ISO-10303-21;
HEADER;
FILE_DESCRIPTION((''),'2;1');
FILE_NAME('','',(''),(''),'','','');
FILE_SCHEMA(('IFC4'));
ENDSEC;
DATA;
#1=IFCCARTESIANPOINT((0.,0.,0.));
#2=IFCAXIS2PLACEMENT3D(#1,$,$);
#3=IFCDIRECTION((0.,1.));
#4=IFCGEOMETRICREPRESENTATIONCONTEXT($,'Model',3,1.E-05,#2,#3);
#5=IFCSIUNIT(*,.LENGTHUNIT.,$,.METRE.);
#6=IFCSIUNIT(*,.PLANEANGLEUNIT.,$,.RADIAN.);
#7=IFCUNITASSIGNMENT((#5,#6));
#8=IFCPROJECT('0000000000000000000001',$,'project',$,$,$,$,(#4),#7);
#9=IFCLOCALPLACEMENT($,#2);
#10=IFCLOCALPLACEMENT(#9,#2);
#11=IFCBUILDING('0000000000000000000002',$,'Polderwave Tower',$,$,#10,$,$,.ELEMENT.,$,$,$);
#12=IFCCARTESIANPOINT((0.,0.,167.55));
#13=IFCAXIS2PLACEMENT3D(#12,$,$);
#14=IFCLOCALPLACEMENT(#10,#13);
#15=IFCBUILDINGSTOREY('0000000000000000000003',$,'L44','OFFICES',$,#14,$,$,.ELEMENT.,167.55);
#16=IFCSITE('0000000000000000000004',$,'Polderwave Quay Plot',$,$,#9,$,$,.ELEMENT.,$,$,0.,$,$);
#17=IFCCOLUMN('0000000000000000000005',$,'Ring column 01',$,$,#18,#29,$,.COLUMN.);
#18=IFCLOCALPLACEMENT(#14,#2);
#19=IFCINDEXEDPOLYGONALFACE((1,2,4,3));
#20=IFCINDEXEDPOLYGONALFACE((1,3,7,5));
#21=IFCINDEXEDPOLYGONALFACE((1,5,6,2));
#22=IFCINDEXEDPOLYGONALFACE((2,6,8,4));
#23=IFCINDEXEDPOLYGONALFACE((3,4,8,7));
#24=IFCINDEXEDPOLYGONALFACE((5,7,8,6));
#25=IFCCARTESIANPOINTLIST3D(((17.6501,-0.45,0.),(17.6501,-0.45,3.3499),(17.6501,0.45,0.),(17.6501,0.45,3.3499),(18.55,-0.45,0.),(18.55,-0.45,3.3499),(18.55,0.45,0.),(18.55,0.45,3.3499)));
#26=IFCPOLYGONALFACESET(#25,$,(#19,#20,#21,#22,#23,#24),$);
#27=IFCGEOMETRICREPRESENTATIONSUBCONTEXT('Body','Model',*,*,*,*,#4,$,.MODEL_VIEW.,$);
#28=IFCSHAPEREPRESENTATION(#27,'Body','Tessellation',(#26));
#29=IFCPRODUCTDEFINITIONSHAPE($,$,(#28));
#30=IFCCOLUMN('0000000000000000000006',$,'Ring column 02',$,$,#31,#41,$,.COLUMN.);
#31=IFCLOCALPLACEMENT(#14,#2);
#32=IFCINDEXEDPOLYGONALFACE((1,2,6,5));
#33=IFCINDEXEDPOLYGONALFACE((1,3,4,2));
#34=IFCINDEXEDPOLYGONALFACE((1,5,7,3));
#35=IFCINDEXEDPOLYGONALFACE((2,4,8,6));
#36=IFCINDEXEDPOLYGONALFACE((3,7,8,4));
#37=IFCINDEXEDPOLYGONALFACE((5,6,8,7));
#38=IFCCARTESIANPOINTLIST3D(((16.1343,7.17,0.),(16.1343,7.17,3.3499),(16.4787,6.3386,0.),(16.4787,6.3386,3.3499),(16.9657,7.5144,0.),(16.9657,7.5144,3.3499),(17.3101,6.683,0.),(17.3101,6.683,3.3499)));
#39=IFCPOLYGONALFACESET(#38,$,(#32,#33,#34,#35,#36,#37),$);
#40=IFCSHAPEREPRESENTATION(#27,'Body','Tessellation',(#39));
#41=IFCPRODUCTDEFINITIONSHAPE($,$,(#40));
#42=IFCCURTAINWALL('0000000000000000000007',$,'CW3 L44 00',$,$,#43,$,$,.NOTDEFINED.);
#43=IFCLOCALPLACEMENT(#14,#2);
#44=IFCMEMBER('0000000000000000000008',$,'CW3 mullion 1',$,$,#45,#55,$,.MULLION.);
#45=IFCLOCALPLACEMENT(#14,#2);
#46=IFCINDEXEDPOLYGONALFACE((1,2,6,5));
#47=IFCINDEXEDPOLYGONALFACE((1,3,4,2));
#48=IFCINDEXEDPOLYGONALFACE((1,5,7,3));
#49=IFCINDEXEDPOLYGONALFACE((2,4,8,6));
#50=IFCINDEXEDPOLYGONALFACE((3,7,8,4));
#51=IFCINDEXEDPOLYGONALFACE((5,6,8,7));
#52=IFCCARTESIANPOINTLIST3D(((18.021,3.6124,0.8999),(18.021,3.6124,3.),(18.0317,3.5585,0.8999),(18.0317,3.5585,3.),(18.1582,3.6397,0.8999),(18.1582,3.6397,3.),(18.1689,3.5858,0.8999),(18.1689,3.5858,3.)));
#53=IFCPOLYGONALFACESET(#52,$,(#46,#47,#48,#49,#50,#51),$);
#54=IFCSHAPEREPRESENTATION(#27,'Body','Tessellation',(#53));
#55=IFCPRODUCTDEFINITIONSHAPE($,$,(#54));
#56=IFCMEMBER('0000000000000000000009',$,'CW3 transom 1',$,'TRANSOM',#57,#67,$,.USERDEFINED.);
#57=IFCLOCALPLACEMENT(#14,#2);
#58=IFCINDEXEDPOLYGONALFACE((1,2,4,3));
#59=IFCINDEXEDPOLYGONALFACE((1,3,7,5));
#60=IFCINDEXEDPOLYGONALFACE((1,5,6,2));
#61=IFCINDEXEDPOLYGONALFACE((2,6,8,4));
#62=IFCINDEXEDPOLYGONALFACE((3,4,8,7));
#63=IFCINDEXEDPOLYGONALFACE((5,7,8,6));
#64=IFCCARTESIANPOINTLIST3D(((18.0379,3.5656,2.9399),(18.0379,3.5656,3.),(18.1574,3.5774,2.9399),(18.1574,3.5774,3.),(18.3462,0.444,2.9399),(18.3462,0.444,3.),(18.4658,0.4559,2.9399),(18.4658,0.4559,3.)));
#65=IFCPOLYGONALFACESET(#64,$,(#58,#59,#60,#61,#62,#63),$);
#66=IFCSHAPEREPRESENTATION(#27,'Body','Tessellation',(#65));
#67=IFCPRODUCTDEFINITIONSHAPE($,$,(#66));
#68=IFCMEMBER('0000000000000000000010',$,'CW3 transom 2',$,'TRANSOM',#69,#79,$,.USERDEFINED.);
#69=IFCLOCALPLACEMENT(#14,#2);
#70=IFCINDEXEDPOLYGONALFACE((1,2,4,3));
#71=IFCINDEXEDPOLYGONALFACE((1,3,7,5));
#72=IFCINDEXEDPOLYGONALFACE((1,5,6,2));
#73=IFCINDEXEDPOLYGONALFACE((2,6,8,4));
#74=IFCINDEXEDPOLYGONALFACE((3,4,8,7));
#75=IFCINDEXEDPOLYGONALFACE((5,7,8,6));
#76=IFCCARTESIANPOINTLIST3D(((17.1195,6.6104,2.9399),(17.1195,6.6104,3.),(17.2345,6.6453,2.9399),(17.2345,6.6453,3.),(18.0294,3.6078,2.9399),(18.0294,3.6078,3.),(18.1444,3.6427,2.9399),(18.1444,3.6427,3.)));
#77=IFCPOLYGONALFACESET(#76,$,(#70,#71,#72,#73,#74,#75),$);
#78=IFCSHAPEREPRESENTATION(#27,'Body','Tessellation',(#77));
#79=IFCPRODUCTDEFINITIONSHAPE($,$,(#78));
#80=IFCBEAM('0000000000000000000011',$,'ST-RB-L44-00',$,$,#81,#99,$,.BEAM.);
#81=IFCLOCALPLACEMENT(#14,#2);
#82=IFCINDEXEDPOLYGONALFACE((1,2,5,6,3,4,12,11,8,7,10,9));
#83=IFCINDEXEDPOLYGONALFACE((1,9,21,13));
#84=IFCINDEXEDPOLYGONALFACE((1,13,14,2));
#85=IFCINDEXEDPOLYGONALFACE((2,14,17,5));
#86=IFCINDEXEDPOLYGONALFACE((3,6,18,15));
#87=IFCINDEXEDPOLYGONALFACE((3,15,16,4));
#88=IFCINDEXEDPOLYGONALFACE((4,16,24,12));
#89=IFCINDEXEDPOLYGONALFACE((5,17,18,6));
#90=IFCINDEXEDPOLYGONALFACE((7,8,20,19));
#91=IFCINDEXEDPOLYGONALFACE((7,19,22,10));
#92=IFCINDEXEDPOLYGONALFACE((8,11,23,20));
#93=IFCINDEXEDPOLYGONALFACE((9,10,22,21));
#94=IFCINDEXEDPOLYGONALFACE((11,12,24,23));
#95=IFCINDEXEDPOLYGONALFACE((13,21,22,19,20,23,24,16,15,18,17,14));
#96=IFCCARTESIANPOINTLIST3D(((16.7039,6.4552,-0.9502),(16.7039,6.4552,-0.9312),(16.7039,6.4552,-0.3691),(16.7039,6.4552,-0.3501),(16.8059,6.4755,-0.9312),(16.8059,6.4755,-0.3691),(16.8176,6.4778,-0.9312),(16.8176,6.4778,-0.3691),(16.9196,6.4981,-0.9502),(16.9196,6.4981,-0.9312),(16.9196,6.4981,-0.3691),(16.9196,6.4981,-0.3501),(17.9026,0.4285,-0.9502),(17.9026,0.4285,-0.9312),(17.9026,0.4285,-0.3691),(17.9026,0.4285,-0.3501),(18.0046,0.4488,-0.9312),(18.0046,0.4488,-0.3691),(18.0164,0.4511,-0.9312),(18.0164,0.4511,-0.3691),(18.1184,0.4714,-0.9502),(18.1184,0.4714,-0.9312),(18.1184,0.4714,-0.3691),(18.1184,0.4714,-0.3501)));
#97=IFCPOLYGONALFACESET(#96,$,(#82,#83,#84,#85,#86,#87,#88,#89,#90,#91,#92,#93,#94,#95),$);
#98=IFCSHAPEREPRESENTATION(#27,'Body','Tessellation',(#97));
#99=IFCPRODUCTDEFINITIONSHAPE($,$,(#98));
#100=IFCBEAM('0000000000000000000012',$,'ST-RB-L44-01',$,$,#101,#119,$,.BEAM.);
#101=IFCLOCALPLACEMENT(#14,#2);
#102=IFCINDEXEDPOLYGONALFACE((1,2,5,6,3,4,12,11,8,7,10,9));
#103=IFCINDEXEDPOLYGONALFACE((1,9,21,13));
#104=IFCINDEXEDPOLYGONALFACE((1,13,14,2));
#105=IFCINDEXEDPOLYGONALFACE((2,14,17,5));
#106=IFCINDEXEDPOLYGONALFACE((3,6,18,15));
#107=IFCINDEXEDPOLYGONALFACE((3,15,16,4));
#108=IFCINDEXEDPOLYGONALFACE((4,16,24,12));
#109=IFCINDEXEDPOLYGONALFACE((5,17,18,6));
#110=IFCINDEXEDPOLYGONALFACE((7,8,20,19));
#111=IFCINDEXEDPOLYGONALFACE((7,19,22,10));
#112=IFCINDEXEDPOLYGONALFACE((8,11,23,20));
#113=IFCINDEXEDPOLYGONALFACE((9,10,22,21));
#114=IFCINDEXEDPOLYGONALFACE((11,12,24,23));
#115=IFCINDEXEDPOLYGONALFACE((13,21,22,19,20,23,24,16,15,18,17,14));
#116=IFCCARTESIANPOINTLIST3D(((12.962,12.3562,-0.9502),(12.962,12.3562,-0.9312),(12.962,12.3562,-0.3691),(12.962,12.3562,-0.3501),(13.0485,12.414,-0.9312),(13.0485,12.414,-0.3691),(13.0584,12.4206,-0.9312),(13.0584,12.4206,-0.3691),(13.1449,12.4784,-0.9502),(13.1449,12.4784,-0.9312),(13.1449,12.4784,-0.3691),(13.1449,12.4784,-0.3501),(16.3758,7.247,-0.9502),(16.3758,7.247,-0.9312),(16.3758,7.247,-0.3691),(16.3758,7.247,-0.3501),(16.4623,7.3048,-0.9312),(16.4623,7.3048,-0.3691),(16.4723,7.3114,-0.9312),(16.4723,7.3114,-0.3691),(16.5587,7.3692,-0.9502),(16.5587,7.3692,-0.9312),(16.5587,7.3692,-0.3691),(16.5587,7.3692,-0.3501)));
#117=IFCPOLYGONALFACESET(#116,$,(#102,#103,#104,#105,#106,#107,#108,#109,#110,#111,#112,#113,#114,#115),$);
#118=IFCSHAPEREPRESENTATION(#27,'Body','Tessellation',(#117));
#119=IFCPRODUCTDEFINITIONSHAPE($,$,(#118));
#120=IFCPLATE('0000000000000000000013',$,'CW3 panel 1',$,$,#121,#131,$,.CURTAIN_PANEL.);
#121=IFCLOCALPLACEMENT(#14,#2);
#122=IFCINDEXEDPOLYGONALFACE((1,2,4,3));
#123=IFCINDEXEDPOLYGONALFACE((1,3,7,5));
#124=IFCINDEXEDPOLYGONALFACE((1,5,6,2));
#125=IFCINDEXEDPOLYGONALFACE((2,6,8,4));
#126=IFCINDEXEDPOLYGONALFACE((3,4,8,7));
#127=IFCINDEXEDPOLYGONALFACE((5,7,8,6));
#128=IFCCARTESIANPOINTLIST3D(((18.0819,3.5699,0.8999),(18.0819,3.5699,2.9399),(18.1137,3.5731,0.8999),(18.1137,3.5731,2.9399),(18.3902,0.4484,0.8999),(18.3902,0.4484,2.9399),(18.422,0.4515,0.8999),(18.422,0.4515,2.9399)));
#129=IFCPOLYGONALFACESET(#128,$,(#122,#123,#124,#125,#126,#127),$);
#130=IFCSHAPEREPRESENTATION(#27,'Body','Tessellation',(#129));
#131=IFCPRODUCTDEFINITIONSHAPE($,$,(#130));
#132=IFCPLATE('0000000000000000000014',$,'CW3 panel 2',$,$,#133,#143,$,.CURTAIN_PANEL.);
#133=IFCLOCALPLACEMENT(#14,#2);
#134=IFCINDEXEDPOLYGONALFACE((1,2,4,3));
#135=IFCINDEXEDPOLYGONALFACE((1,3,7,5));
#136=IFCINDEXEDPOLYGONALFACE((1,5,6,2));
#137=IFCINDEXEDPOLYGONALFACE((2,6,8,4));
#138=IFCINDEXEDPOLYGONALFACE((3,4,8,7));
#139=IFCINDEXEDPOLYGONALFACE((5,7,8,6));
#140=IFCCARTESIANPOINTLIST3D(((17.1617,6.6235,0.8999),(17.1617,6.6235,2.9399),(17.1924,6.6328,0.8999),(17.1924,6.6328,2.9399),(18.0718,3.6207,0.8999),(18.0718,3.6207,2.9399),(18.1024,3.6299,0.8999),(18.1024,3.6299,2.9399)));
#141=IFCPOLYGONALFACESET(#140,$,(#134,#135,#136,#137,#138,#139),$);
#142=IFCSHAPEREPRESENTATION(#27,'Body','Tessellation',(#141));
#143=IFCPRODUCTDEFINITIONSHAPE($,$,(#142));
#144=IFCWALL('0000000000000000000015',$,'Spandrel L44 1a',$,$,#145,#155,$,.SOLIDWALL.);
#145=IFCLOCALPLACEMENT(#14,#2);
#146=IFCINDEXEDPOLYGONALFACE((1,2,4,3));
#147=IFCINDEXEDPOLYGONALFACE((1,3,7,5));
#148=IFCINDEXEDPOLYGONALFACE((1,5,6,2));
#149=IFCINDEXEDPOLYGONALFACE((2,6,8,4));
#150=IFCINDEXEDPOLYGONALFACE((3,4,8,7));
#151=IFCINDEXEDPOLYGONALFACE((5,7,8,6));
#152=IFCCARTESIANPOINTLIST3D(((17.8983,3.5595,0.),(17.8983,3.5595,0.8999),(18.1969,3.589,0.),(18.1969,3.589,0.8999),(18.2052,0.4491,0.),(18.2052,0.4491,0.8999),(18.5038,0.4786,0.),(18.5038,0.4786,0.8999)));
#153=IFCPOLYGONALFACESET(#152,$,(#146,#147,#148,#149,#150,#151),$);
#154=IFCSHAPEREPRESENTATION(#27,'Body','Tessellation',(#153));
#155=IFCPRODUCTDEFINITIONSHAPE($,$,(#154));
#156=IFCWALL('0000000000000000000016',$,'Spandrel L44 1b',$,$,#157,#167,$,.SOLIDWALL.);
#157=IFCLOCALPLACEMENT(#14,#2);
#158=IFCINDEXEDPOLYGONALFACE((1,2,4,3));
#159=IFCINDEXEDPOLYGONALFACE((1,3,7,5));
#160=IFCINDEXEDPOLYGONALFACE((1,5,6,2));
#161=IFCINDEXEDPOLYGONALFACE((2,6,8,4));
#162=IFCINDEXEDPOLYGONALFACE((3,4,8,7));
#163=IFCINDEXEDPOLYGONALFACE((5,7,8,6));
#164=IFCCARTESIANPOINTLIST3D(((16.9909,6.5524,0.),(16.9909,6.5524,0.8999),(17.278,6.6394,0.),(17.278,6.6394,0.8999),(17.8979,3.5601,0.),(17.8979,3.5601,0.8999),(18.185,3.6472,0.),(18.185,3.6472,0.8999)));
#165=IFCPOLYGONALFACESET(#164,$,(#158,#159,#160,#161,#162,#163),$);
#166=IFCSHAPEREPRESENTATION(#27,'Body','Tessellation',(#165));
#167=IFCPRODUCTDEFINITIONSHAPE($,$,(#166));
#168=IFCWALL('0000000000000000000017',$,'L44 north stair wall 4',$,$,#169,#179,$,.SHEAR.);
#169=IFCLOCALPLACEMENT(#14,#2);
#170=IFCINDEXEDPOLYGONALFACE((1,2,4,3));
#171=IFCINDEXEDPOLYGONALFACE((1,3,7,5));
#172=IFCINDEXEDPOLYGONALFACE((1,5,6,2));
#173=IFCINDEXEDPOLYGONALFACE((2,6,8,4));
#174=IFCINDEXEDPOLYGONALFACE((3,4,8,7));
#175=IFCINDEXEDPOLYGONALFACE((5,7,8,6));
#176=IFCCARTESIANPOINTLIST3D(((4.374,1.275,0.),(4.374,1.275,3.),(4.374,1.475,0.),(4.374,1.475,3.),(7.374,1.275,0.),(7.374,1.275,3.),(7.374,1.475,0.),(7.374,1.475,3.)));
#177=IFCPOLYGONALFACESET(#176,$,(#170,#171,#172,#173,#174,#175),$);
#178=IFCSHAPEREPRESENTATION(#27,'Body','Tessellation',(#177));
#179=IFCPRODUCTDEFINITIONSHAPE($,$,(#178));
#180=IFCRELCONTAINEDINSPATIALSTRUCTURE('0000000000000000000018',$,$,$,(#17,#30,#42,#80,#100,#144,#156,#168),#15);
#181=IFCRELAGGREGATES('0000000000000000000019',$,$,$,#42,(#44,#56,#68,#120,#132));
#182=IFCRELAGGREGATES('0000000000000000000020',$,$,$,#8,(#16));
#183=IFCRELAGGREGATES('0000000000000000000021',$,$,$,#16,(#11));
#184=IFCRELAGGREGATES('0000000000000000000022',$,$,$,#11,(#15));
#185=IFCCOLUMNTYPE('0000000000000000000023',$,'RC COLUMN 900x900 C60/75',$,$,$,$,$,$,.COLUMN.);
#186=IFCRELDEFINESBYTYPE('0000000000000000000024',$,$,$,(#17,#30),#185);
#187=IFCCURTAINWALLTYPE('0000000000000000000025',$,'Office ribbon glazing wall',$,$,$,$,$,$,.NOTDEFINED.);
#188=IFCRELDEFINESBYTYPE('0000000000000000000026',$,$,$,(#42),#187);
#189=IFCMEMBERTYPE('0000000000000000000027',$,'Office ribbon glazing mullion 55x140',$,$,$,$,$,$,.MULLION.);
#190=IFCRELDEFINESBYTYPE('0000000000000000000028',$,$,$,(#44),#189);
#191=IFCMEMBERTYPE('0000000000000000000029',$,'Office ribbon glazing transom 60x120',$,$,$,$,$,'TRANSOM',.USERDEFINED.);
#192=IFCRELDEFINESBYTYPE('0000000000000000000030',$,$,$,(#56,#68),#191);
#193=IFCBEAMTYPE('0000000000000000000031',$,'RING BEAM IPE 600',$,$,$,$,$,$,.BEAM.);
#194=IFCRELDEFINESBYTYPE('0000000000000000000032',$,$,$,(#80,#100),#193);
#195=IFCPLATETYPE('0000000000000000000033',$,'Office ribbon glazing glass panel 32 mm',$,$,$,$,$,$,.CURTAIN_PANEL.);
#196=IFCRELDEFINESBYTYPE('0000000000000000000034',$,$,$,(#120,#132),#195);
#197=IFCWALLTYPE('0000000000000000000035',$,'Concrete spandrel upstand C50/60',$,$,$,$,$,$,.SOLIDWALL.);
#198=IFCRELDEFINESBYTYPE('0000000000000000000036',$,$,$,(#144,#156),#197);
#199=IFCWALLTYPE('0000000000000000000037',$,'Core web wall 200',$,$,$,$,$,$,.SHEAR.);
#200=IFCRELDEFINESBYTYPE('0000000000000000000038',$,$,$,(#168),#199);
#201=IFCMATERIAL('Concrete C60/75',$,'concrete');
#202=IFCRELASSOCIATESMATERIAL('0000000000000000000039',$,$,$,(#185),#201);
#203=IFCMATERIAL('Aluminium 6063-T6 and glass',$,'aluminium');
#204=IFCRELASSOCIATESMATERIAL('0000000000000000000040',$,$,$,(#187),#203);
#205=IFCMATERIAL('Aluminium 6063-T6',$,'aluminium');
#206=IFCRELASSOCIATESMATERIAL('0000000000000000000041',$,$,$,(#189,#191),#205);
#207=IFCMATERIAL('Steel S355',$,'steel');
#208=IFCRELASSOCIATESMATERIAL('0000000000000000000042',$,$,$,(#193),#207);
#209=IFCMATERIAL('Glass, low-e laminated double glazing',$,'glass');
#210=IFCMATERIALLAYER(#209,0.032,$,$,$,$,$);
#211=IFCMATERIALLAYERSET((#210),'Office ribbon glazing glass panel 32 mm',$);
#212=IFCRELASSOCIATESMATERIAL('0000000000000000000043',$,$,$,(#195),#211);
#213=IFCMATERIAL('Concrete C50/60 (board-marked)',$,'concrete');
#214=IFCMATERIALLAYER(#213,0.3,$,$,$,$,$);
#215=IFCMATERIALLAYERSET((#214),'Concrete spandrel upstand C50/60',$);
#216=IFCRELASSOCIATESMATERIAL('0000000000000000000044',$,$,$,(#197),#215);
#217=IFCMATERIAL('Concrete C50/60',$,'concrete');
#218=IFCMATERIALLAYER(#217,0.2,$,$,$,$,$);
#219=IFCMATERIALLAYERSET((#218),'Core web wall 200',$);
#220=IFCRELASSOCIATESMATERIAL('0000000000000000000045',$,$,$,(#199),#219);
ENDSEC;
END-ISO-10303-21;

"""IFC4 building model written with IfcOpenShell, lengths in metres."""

from ifc_helpers import new_model, si_unit, direction, frame, frame_2d, origin, origin_2d, place, context, subcontext, project, spatial, rectangle, i_section, extrude, material, layer, layer_set, material_profile, profile_set, type_object, element, aggregate, save


model = new_model("IFC4")

# Units and contexts
model_context = context("Model", 3, precision=1e-05, world=origin(), true_north=direction((0.0, 1.0)))
body_context = subcontext(model_context, "Body", "Model", "MODEL_VIEW")
ifc_project = project(units=[si_unit("LENGTHUNIT", "METRE"), si_unit("PLANEANGLEUNIT", "RADIAN")], contexts=[model_context])

# Site, building, storey
site_placement = place(None, origin())
site = spatial("IfcSite", under=ifc_project, at=site_placement, Name="Polderwave Quay Plot", CompositionType="ELEMENT", RefElevation=0.0)
building_placement = place(site_placement, origin())
building = spatial("IfcBuilding", under=site, at=building_placement, Name="Polderwave Tower", CompositionType="ELEMENT")
storey_placement = place(building_placement, frame((0.0, 0.0, 167.55)))
storey = spatial("IfcBuildingStorey", under=building, at=storey_placement, Name="L44", Description="OFFICES", CompositionType="ELEMENT", Elevation=167.55)

# Columns
ifc_material_1 = material(Name="Concrete C60/75", Category="concrete")
ifc_material_profile_1 = material_profile(ifc_material_1, rectangle(XDim=0.8999, YDim=0.8999, at=origin_2d()), Name="RC 900x900")
ifc_profile_set_1 = profile_set([ifc_material_profile_1], Name="Concrete C60/75")
column_type = type_object("IfcColumnType", Name="RC COLUMN 900x900 C60/75", PredefinedType="COLUMN", material=ifc_profile_set_1)
for number, where, z_axis, x_axis, name in (
    (1, (18.1001, 0.0, 0.0), (0.0, 0.0, 1.0), (1.0, 0.0, 0.0), "Ring column 01"),
    (2, (16.7222, 6.9265, 0.0), (0.0, 0.0, 1.0), (0.92388, 0.382683, 0.0), "Ring column 02"),
):
    element("IfcColumn", number, at=place(storey_placement, frame(where, z_axis=z_axis, x_axis=x_axis)), inside=storey, type_object=column_type, Name=name, PredefinedType="COLUMN", context=body_context, shape_type="SweptSolid", body=[
        extrude(rectangle(XDim=0.8999, YDim=0.8999, at=origin_2d()), origin(), (0.0, 0.0, 1.0), 3.3499),
    ])

# Curtain wall, members
ifc_material_2 = material(Name="Aluminium 6063-T6 and glass", Category="aluminium")
curtain_wall_type = type_object("IfcCurtainWallType", Name="Office ribbon glazing wall", PredefinedType="NOTDEFINED", material=ifc_material_2)
curtain_wall_placement = place(storey_placement, origin())
curtain_wall = element("IfcCurtainWall", 3, at=curtain_wall_placement, inside=storey, type_object=curtain_wall_type, Name="CW3 L44 00", PredefinedType="NOTDEFINED")
ifc_material_3 = material(Name="Aluminium 6063-T6", Category="aluminium")
ifc_material_profile_2 = material_profile(ifc_material_3, rectangle(XDim=0.1399, YDim=0.0549, at=origin_2d()), Name="AL 55x140")
ifc_profile_set_2 = profile_set([ifc_material_profile_2], Name="Aluminium 6063-T6")
member_type_1 = type_object("IfcMemberType", Name="Office ribbon glazing mullion 55x140", PredefinedType="MULLION", material=ifc_profile_set_2)
member_1_placement = place(storey_placement, frame((18.095, 3.5991, 0.8999), z_axis=(0.0, 0.0, 1.0), x_axis=(-0.980784, -0.195097, 0.0)))
member_1 = element("IfcMember", 4, at=member_1_placement, type_object=member_type_1, Name="CW3 mullion 1", PredefinedType="MULLION", context=body_context, shape_type="SweptSolid", body=[
    extrude(rectangle(XDim=0.1399, YDim=0.0549, at=origin_2d()), origin(), (0.0, 0.0, 1.0), 2.1001),
])
ifc_material_profile_3 = material_profile(ifc_material_3, rectangle(XDim=0.1201, YDim=0.0601, at=origin_2d()), Name="AL 60x120")
ifc_profile_set_3 = profile_set([ifc_material_profile_3], Name="Aluminium 6063-T6")
member_type_2 = type_object("IfcMemberType", Name="Office ribbon glazing transom 60x120", ElementType="TRANSOM", PredefinedType="USERDEFINED", material=ifc_profile_set_3)
member_2_placement = place(storey_placement, frame((18.406, 0.45, 2.97), z_axis=(-0.098301, 0.995157, 0.0), x_axis=(-0.995157, -0.098301, 0.0)))
member_2 = element("IfcMember", 5, at=member_2_placement, type_object=member_type_2, Name="CW3 transom 1", ObjectType="TRANSOM", PredefinedType="USERDEFINED", context=body_context, shape_type="SweptSolid", body=[
    extrude(rectangle(XDim=0.1201, YDim=0.0601, at=origin_2d()), origin(), (0.0, 0.0, 1.0), 3.1367),
])
member_3_placement = place(storey_placement, frame((18.0869, 3.6252, 2.97), z_axis=(-0.29001, 0.957024, 0.0), x_axis=(-0.957024, -0.29001, 0.0)))
member_3 = element("IfcMember", 6, at=member_3_placement, type_object=member_type_2, Name="CW3 transom 2", ObjectType="TRANSOM", PredefinedType="USERDEFINED", context=body_context, shape_type="SweptSolid", body=[
    extrude(rectangle(XDim=0.1201, YDim=0.0601, at=origin_2d()), origin(), (0.0, 0.0, 1.0), 3.1375),
])

# Beams
ifc_material_4 = material(Name="Steel S355", Category="steel")
ifc_material_profile_4 = material_profile(ifc_material_4, i_section(OverallWidth=0.22, OverallDepth=0.6001, WebThickness=0.012, FlangeThickness=0.019, at=origin_2d()), Name="IPE 600")
ifc_profile_set_4 = profile_set([ifc_material_profile_4], Name="Steel S355")
beam_type = type_object("IfcBeamType", Name="RING BEAM IPE 600", PredefinedType="BEAM", material=ifc_profile_set_4)
for number, where, z_axis, x_axis, name in (
    (7, (18.0105, 0.45, -0.6501), (-0.195085, 0.980786, 0.0), (-0.980786, -0.195085, 0.0), "ST-RB-L44-00"),
    (8, (16.4673, 7.3081, -0.6501), (-0.555571, 0.831469, 0.0), (-0.831469, -0.555571, 0.0), "ST-RB-L44-01"),
):
    element("IfcBeam", number, at=place(storey_placement, frame(where, z_axis=z_axis, x_axis=x_axis)), inside=storey, type_object=beam_type, Name=name, PredefinedType="BEAM", context=body_context, shape_type="SweptSolid", body=[
        extrude(i_section(OverallWidth=0.22, OverallDepth=0.6001, WebThickness=0.012, FlangeThickness=0.019, at=origin_2d()), origin(), (0.0, 0.0, 1.0), 6.1448),
    ])

# Plates
ifc_material_5 = material(Name="Glass, low-e laminated double glazing", Category="glass")
ifc_layer_1 = layer(ifc_material_5, 0.032)
ifc_layer_set_1 = layer_set([ifc_layer_1], Name="Office ribbon glazing glass panel 32 mm")
plate_type = type_object("IfcPlateType", Name="Office ribbon glazing glass panel 32 mm", PredefinedType="CURTAIN_PANEL", material=ifc_layer_set_1)
plate_1_placement = place(storey_placement, frame((18.252, 2.0107, 0.8999), z_axis=(0.0, 0.0, 1.0), x_axis=(-0.098283, 0.995159, 0.0)))
plate_1 = element("IfcPlate", 9, at=plate_1_placement, type_object=plate_type, Name="CW3 panel 1", PredefinedType="CURTAIN_PANEL", context=body_context, shape_type="SweptSolid", body=[
    extrude(rectangle(XDim=3.1367, YDim=0.032, at=origin_2d()), origin(), (0.0, 0.0, 1.0), 2.04),
])
plate_2_placement = place(storey_placement, frame((17.6321, 5.1267, 0.8999), z_axis=(0.0, 0.0, 1.0), x_axis=(-0.290042, 0.957014, 0.0)))
plate_2 = element("IfcPlate", 10, at=plate_2_placement, type_object=plate_type, Name="CW3 panel 2", PredefinedType="CURTAIN_PANEL", context=body_context, shape_type="SweptSolid", body=[
    extrude(rectangle(XDim=3.1377, YDim=0.032, at=origin_2d()), origin(), (0.0, 0.0, 1.0), 2.04),
])
aggregate(curtain_wall, [member_1, member_2, member_3, plate_1, plate_2])

# Walls
ifc_material_6 = material(Name="Concrete C50/60 (board-marked)", Category="concrete")
ifc_layer_2 = layer(ifc_material_6, 0.3)
ifc_layer_set_2 = layer_set([ifc_layer_2], Name="Concrete spandrel upstand C50/60")
wall_type_1 = type_object("IfcWallType", Name="Concrete spandrel upstand C50/60", PredefinedType="SOLIDWALL", material=ifc_layer_set_2)
wall_1_placement = place(storey_placement, frame((18.3545, 0.4639, 0.0), z_axis=(0.0, 0.0, 1.0), x_axis=(-0.098189, 0.995168, 0.0)))
element("IfcWall", 11, at=wall_1_placement, inside=storey, type_object=wall_type_1, Name="Spandrel L44 1a", PredefinedType="SOLIDWALL", context=body_context, shape_type="SweptSolid", body=[
    extrude(rectangle(XDim=3.1255, YDim=0.3, at=frame_2d((1.5627, 0.0))), origin(), (0.0, 0.0, 1.0), 0.8999),
])
wall_2_placement = place(storey_placement, frame((18.0415, 3.6035, 0.0), z_axis=(0.0, 0.0, 1.0), x_axis=(-0.290083, 0.957001, 0.0)))
element("IfcWall", 12, at=wall_2_placement, inside=storey, type_object=wall_type_1, Name="Spandrel L44 1b", PredefinedType="SOLIDWALL", context=body_context, shape_type="SweptSolid", body=[
    extrude(rectangle(XDim=3.1267, YDim=0.3, at=frame_2d((1.5635, 0.0))), origin(), (0.0, 0.0, 1.0), 0.8999),
])
ifc_material_7 = material(Name="Concrete C50/60", Category="concrete")
ifc_layer_3 = layer(ifc_material_7, 0.2)
ifc_layer_set_3 = layer_set([ifc_layer_3], Name="Core web wall 200")
wall_type_2 = type_object("IfcWallType", Name="Core web wall 200", PredefinedType="SHEAR", material=ifc_layer_set_3)
wall_3_placement = place(storey_placement, frame((4.374, 1.375, 0.0), z_axis=(0.0, 0.0, 1.0), x_axis=(1.0, 0.0, 0.0)))
element("IfcWall", 13, at=wall_3_placement, inside=storey, type_object=wall_type_2, Name="L44 north stair wall 4", PredefinedType="SHEAR", context=body_context, shape_type="SweptSolid", body=[
    extrude(rectangle(XDim=3.0, YDim=0.2, at=frame_2d((1.5, 0.0))), origin(), (0.0, 0.0, 1.0), 3.0),
])

save(model, "model.ifc")
